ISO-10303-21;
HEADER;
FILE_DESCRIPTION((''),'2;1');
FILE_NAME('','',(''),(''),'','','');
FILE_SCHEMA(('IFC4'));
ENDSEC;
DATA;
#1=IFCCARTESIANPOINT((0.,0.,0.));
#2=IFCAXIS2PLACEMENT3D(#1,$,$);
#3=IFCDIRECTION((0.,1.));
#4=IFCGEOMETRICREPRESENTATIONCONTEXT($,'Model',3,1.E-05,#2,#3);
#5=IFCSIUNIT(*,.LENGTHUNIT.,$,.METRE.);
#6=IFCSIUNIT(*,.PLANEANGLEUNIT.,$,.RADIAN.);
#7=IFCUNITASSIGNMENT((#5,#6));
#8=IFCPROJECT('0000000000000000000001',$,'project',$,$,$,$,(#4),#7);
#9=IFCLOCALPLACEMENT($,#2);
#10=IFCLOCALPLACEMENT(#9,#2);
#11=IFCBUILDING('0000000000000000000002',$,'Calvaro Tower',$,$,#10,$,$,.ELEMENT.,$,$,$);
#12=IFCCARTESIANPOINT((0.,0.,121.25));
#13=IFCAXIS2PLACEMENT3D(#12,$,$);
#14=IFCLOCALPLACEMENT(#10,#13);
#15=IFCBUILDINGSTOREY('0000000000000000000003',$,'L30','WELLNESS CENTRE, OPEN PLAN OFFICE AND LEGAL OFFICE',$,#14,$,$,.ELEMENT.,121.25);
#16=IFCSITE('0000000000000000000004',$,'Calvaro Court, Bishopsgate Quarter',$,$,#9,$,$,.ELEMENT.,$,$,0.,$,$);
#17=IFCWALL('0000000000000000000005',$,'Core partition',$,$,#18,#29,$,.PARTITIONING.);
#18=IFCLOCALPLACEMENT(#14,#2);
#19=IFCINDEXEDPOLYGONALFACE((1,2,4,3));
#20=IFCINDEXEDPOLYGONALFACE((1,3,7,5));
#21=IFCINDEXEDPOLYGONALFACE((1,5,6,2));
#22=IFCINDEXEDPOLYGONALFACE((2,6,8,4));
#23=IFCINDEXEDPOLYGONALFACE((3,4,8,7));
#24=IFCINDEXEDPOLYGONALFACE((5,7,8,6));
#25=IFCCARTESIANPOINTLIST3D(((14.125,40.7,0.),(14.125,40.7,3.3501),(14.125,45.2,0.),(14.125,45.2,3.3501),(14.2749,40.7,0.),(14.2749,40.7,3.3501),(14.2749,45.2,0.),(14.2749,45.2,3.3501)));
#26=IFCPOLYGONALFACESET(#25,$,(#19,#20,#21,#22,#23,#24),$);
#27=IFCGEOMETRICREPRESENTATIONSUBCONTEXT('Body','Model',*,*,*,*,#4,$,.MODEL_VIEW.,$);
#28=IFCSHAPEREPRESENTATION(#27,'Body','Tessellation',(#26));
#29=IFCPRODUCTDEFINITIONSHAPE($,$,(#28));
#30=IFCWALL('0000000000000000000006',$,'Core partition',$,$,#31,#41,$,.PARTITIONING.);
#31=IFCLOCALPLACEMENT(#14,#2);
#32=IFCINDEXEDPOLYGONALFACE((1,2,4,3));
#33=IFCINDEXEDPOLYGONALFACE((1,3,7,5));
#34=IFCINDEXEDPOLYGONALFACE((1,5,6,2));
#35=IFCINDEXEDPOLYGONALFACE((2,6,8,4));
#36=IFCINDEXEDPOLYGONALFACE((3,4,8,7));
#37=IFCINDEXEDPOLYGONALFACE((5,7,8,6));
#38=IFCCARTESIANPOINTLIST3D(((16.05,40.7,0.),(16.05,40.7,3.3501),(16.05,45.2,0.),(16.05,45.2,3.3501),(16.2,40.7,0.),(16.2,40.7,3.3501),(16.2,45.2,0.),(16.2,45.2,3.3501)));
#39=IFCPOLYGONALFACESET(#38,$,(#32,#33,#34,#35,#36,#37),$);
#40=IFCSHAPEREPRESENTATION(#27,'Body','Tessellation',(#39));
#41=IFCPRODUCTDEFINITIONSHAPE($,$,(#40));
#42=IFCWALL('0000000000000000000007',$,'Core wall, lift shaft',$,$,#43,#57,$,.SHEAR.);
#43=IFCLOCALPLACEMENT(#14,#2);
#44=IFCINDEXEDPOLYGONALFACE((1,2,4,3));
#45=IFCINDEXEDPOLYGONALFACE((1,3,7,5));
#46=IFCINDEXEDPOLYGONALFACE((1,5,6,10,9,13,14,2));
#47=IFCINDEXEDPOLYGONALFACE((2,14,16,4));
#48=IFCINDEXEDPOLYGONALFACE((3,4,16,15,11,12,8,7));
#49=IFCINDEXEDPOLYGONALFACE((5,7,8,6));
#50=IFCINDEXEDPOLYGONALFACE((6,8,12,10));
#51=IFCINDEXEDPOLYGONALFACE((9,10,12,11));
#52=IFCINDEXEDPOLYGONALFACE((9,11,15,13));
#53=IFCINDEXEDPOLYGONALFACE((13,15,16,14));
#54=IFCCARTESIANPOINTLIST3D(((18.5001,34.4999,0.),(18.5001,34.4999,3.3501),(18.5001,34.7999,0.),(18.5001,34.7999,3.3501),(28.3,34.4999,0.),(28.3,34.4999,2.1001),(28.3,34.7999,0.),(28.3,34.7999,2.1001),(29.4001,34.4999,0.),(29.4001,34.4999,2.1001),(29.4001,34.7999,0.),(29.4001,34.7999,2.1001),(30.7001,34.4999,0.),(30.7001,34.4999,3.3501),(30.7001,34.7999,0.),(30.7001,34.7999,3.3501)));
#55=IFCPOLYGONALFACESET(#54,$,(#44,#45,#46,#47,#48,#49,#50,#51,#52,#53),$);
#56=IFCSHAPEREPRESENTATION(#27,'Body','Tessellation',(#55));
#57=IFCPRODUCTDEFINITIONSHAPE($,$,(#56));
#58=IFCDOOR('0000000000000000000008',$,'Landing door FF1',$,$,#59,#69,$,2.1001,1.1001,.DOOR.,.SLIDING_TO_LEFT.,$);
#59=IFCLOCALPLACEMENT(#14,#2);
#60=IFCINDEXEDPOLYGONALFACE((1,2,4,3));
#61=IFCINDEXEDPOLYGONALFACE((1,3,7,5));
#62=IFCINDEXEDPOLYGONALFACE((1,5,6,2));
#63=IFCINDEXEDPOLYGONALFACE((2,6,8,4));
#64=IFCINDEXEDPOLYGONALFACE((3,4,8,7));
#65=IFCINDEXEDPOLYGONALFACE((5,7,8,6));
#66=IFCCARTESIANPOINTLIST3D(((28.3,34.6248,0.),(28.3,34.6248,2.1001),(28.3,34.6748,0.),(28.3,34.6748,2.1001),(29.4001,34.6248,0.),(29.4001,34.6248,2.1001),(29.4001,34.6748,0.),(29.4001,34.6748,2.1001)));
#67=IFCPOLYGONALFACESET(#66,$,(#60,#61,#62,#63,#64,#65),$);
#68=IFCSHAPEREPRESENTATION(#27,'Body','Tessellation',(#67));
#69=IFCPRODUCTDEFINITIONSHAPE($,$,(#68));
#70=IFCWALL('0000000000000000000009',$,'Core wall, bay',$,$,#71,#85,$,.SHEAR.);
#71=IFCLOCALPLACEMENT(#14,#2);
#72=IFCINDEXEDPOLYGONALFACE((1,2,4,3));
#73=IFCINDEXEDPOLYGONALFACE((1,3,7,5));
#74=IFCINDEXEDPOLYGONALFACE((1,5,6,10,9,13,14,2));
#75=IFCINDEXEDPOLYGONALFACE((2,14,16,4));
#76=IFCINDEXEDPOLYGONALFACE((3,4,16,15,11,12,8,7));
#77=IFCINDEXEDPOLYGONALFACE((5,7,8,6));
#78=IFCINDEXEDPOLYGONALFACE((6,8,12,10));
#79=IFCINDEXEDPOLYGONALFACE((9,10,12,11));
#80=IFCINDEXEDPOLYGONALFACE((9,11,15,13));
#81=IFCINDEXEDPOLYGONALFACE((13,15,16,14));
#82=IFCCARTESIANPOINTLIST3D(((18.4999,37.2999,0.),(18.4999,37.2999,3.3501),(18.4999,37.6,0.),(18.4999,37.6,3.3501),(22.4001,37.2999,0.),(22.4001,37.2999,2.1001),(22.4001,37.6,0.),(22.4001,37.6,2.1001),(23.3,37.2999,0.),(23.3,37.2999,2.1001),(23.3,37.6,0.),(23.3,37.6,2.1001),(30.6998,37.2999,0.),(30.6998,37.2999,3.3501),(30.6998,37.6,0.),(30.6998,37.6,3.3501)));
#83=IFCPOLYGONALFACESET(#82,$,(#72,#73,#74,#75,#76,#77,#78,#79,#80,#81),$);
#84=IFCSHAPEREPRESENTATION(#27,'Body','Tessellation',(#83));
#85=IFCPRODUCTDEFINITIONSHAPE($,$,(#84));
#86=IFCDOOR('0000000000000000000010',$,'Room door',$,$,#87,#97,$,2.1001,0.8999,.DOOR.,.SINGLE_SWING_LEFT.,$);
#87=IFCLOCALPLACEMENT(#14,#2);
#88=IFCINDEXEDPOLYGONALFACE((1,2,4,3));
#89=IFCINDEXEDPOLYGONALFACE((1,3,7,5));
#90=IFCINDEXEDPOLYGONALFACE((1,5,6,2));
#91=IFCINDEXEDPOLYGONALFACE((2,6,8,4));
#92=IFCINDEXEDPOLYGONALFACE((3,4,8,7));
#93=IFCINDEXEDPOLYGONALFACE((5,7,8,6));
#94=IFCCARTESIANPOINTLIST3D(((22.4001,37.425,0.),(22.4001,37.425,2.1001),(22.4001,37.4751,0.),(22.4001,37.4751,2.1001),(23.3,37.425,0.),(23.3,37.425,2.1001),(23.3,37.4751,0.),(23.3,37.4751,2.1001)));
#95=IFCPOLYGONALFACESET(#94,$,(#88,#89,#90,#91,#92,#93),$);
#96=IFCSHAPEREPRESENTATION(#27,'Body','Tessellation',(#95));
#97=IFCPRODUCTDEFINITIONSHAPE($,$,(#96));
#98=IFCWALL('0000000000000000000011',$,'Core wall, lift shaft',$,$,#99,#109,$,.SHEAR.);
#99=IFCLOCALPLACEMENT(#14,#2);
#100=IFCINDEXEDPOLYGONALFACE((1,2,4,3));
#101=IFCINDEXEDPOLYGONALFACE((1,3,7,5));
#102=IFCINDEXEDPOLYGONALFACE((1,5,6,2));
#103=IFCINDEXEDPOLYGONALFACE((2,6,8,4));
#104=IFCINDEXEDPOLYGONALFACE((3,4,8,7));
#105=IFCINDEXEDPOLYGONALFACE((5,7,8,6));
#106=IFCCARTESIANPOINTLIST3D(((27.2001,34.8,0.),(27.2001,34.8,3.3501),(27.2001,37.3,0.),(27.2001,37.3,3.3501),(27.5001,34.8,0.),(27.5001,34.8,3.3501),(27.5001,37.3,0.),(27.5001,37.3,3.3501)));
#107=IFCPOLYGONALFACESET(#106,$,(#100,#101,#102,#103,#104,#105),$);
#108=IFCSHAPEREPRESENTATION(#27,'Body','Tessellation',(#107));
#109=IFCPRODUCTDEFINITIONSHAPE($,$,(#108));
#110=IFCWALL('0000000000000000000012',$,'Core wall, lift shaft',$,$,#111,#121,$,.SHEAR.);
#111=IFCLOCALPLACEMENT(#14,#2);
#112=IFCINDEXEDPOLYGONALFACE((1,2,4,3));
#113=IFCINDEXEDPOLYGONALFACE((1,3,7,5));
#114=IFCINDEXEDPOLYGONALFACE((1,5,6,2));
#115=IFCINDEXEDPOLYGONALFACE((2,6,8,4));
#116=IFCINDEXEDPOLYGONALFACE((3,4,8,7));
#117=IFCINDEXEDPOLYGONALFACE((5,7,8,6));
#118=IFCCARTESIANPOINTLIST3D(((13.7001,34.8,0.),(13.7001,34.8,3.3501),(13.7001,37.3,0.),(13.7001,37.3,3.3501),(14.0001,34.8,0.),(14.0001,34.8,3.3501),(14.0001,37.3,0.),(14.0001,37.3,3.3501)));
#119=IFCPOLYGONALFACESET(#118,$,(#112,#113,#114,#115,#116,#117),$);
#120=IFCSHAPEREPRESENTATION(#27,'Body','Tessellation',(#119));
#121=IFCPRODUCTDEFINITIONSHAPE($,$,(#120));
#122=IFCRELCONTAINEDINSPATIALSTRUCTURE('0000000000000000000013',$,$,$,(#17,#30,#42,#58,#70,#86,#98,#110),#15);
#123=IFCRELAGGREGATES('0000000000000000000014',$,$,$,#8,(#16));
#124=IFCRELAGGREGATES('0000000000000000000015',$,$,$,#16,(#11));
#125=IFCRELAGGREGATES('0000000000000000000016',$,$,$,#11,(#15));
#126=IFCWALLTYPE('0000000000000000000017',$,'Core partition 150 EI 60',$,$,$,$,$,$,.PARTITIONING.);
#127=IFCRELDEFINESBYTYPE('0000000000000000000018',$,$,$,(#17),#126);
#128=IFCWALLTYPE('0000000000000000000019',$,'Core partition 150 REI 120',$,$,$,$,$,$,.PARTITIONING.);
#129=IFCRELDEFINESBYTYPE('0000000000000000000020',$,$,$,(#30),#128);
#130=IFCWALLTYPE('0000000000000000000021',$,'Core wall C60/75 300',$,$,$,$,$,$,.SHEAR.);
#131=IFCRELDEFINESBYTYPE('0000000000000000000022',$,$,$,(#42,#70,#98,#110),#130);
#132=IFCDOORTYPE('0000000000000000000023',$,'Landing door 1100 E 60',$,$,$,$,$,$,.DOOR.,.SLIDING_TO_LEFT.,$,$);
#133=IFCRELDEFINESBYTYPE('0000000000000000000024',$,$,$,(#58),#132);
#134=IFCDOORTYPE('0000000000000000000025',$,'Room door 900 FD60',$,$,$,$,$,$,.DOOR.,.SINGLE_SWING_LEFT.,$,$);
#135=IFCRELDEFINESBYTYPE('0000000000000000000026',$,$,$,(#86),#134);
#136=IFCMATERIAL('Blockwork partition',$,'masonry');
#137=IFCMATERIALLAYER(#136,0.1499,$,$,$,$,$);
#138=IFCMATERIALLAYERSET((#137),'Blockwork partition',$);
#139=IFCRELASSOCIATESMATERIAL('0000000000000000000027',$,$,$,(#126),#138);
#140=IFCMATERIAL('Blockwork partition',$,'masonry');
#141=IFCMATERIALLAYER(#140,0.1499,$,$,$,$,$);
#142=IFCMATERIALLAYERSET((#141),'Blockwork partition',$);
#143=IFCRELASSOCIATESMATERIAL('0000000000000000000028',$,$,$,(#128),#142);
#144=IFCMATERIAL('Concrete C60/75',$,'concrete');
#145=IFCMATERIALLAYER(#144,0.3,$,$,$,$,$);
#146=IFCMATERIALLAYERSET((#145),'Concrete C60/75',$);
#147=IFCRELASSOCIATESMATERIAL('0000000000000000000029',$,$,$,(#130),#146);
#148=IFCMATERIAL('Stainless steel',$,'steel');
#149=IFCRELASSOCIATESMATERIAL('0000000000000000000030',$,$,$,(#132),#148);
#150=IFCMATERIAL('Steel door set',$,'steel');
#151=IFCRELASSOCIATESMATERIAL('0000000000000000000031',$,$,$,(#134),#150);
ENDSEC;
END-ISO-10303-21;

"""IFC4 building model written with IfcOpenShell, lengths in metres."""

from ifc_helpers import new_model, si_unit, direction, frame, frame_2d, origin, place, context, subcontext, project, spatial, rectangle, extrude, material, layer, layer_set, type_object, element, fill, save


model = new_model("IFC4")

# Units and contexts
model_context = context("Model", 3, precision=1e-05, world=origin(), true_north=direction((0.0, 1.0)))
body_context = subcontext(model_context, "Body", "Model", "MODEL_VIEW")
ifc_project = project(units=[si_unit("LENGTHUNIT", "METRE"), si_unit("PLANEANGLEUNIT", "RADIAN")], contexts=[model_context])

# Site, building, storey
site_placement = place(None, origin())
site = spatial("IfcSite", under=ifc_project, at=site_placement, Name="Calvaro Court, Bishopsgate Quarter", CompositionType="ELEMENT", RefElevation=0.0)
building_placement = place(site_placement, origin())
building = spatial("IfcBuilding", under=site, at=building_placement, Name="Calvaro Tower", CompositionType="ELEMENT")
storey_placement = place(building_placement, frame((0.0, 0.0, 121.25)))
storey = spatial("IfcBuildingStorey", under=building, at=storey_placement, Name="L30", Description="WELLNESS CENTRE, OPEN PLAN OFFICE AND LEGAL OFFICE", CompositionType="ELEMENT", Elevation=121.25)

# Walls
ifc_material_1 = material(Name="Blockwork partition", Category="masonry")
ifc_layer_1 = layer(ifc_material_1, 0.1499)
ifc_layer_set_1 = layer_set([ifc_layer_1], Name="Blockwork partition")
wall_type_1 = type_object("IfcWallType", Name="Core partition 150 EI 60", PredefinedType="PARTITIONING", material=ifc_layer_set_1)
wall_1_placement = place(storey_placement, frame((14.2, 40.7, 0.0), z_axis=(0.0, 0.0, 1.0), x_axis=(0.0, 1.0, 0.0)))
element("IfcWall", 1, at=wall_1_placement, inside=storey, type_object=wall_type_1, Name="Core partition", PredefinedType="PARTITIONING", context=body_context, shape_type="SweptSolid", body=[
    extrude(rectangle(XDim=4.5, YDim=0.1499, at=frame_2d((2.25, 0.0))), origin(), (0.0, 0.0, 1.0), 3.3501),
])
ifc_material_2 = material(Name="Blockwork partition", Category="masonry")
ifc_layer_2 = layer(ifc_material_2, 0.1499)
ifc_layer_set_2 = layer_set([ifc_layer_2], Name="Blockwork partition")
wall_type_2 = type_object("IfcWallType", Name="Core partition 150 REI 120", PredefinedType="PARTITIONING", material=ifc_layer_set_2)
wall_2_placement = place(storey_placement, frame((16.125, 40.7, 0.0), z_axis=(0.0, 0.0, 1.0), x_axis=(0.0, 1.0, 0.0)))
element("IfcWall", 2, at=wall_2_placement, inside=storey, type_object=wall_type_2, Name="Core partition", PredefinedType="PARTITIONING", context=body_context, shape_type="SweptSolid", body=[
    extrude(rectangle(XDim=4.5, YDim=0.1499, at=frame_2d((2.25, 0.0))), origin(), (0.0, 0.0, 1.0), 3.3501),
])

# Walls, openings, doors
ifc_material_3 = material(Name="Concrete C60/75", Category="concrete")
ifc_layer_3 = layer(ifc_material_3, 0.3)
ifc_layer_set_3 = layer_set([ifc_layer_3], Name="Concrete C60/75")
wall_type_3 = type_object("IfcWallType", Name="Core wall C60/75 300", PredefinedType="SHEAR", material=ifc_layer_set_3)
wall_3_placement = place(storey_placement, frame((18.5, 34.6499, 0.0), z_axis=(0.0, 0.0, 1.0), x_axis=(1.0, 0.0, 0.0)))
wall_3 = element("IfcWall", 3, at=wall_3_placement, inside=storey, type_object=wall_type_3, Name="Core wall, lift shaft", PredefinedType="SHEAR", context=body_context, shape_type="SweptSolid", body=[
    extrude(rectangle(XDim=12.2, YDim=0.3, at=frame_2d((6.1001, 0.0))), origin(), (0.0, 0.0, 1.0), 3.3501),
])
opening_1_placement = place(wall_3_placement, frame((9.8, 0.0, 0.0)))
opening_1 = element("IfcOpeningElement", 4, at=opening_1_placement, cuts=wall_3, PredefinedType="OPENING", context=body_context, shape_type="SweptSolid", body=[
    extrude(rectangle(XDim=1.1001, YDim=2.1001, at=frame_2d((0.55, 1.05))), frame((0.0, 0.1599, 0.0), z_axis=(0.0, -1.0, 0.0), x_axis=(1.0, 0.0, 0.0)), (0.0, 0.0, 1.0), 0.3201),
])
ifc_material_4 = material(Name="Stainless steel", Category="steel")
door_type_1 = type_object("IfcDoorType", Name="Landing door 1100 E 60", OperationType="SLIDING_TO_LEFT", PredefinedType="DOOR", material=ifc_material_4)
door_1_placement = place(opening_1_placement, origin())
door_1 = element("IfcDoor", 5, at=door_1_placement, inside=storey, type_object=door_type_1, Name="Landing door FF1", OperationType="SLIDING_TO_LEFT", OverallHeight=2.1001, OverallWidth=1.1001, PredefinedType="DOOR", context=body_context, shape_type="SweptSolid", body=[
    extrude(rectangle(XDim=1.1001, YDim=2.1001, at=frame_2d((0.55, 1.05))), frame((0.0, 0.0249, 0.0), z_axis=(0.0, -1.0, 0.0), x_axis=(1.0, 0.0, 0.0)), (0.0, 0.0, 1.0), 0.05),
])
fill(opening_1, door_1)
wall_4_placement = place(storey_placement, frame((30.7, 37.45, 0.0), z_axis=(0.0, 0.0, 1.0), x_axis=(-1.0, 0.0, 0.0)))
wall_4 = element("IfcWall", 6, at=wall_4_placement, inside=storey, type_object=wall_type_3, Name="Core wall, bay", PredefinedType="SHEAR", context=body_context, shape_type="SweptSolid", body=[
    extrude(rectangle(XDim=12.2, YDim=0.3, at=frame_2d((6.1001, 0.0))), origin(), (0.0, 0.0, 1.0), 3.3501),
])
opening_2_placement = place(wall_4_placement, frame((7.3999, 0.0, 0.0)))
opening_2 = element("IfcOpeningElement", 7, at=opening_2_placement, cuts=wall_4, PredefinedType="OPENING", context=body_context, shape_type="SweptSolid", body=[
    extrude(rectangle(XDim=0.8999, YDim=2.1001, at=frame_2d((0.45, 1.05))), frame((0.0, 0.1599, 0.0), z_axis=(0.0, -1.0, 0.0), x_axis=(1.0, 0.0, 0.0)), (0.0, 0.0, 1.0), 0.3201),
])
ifc_material_5 = material(Name="Steel door set", Category="steel")
door_type_2 = type_object("IfcDoorType", Name="Room door 900 FD60", OperationType="SINGLE_SWING_LEFT", PredefinedType="DOOR", material=ifc_material_5)
door_2_placement = place(opening_2_placement, origin())
door_2 = element("IfcDoor", 8, at=door_2_placement, inside=storey, type_object=door_type_2, Name="Room door", OperationType="SINGLE_SWING_LEFT", OverallHeight=2.1001, OverallWidth=0.8999, PredefinedType="DOOR", context=body_context, shape_type="SweptSolid", body=[
    extrude(rectangle(XDim=0.8999, YDim=2.1001, at=frame_2d((0.45, 1.05))), frame((0.0, 0.0249, 0.0), z_axis=(0.0, -1.0, 0.0), x_axis=(1.0, 0.0, 0.0)), (0.0, 0.0, 1.0), 0.05),
])
fill(opening_2, door_2)

# Walls
for number, where, z_axis, x_axis, name in (
    (9, (27.3501, 34.8, 0.0), (0.0, 0.0, 1.0), (0.0, 1.0, 0.0), "Core wall, lift shaft"),
    (10, (13.8501, 34.8, 0.0), (0.0, 0.0, 1.0), (0.0, 1.0, 0.0), "Core wall, lift shaft"),
):
    element("IfcWall", number, at=place(storey_placement, frame(where, z_axis=z_axis, x_axis=x_axis)), inside=storey, type_object=wall_type_3, Name=name, PredefinedType="SHEAR", context=body_context, shape_type="SweptSolid", body=[
        extrude(rectangle(XDim=2.5, YDim=0.3, at=frame_2d((1.25, 0.0))), origin(), (0.0, 0.0, 1.0), 3.3501),
    ])

save(model, "model.ifc")
